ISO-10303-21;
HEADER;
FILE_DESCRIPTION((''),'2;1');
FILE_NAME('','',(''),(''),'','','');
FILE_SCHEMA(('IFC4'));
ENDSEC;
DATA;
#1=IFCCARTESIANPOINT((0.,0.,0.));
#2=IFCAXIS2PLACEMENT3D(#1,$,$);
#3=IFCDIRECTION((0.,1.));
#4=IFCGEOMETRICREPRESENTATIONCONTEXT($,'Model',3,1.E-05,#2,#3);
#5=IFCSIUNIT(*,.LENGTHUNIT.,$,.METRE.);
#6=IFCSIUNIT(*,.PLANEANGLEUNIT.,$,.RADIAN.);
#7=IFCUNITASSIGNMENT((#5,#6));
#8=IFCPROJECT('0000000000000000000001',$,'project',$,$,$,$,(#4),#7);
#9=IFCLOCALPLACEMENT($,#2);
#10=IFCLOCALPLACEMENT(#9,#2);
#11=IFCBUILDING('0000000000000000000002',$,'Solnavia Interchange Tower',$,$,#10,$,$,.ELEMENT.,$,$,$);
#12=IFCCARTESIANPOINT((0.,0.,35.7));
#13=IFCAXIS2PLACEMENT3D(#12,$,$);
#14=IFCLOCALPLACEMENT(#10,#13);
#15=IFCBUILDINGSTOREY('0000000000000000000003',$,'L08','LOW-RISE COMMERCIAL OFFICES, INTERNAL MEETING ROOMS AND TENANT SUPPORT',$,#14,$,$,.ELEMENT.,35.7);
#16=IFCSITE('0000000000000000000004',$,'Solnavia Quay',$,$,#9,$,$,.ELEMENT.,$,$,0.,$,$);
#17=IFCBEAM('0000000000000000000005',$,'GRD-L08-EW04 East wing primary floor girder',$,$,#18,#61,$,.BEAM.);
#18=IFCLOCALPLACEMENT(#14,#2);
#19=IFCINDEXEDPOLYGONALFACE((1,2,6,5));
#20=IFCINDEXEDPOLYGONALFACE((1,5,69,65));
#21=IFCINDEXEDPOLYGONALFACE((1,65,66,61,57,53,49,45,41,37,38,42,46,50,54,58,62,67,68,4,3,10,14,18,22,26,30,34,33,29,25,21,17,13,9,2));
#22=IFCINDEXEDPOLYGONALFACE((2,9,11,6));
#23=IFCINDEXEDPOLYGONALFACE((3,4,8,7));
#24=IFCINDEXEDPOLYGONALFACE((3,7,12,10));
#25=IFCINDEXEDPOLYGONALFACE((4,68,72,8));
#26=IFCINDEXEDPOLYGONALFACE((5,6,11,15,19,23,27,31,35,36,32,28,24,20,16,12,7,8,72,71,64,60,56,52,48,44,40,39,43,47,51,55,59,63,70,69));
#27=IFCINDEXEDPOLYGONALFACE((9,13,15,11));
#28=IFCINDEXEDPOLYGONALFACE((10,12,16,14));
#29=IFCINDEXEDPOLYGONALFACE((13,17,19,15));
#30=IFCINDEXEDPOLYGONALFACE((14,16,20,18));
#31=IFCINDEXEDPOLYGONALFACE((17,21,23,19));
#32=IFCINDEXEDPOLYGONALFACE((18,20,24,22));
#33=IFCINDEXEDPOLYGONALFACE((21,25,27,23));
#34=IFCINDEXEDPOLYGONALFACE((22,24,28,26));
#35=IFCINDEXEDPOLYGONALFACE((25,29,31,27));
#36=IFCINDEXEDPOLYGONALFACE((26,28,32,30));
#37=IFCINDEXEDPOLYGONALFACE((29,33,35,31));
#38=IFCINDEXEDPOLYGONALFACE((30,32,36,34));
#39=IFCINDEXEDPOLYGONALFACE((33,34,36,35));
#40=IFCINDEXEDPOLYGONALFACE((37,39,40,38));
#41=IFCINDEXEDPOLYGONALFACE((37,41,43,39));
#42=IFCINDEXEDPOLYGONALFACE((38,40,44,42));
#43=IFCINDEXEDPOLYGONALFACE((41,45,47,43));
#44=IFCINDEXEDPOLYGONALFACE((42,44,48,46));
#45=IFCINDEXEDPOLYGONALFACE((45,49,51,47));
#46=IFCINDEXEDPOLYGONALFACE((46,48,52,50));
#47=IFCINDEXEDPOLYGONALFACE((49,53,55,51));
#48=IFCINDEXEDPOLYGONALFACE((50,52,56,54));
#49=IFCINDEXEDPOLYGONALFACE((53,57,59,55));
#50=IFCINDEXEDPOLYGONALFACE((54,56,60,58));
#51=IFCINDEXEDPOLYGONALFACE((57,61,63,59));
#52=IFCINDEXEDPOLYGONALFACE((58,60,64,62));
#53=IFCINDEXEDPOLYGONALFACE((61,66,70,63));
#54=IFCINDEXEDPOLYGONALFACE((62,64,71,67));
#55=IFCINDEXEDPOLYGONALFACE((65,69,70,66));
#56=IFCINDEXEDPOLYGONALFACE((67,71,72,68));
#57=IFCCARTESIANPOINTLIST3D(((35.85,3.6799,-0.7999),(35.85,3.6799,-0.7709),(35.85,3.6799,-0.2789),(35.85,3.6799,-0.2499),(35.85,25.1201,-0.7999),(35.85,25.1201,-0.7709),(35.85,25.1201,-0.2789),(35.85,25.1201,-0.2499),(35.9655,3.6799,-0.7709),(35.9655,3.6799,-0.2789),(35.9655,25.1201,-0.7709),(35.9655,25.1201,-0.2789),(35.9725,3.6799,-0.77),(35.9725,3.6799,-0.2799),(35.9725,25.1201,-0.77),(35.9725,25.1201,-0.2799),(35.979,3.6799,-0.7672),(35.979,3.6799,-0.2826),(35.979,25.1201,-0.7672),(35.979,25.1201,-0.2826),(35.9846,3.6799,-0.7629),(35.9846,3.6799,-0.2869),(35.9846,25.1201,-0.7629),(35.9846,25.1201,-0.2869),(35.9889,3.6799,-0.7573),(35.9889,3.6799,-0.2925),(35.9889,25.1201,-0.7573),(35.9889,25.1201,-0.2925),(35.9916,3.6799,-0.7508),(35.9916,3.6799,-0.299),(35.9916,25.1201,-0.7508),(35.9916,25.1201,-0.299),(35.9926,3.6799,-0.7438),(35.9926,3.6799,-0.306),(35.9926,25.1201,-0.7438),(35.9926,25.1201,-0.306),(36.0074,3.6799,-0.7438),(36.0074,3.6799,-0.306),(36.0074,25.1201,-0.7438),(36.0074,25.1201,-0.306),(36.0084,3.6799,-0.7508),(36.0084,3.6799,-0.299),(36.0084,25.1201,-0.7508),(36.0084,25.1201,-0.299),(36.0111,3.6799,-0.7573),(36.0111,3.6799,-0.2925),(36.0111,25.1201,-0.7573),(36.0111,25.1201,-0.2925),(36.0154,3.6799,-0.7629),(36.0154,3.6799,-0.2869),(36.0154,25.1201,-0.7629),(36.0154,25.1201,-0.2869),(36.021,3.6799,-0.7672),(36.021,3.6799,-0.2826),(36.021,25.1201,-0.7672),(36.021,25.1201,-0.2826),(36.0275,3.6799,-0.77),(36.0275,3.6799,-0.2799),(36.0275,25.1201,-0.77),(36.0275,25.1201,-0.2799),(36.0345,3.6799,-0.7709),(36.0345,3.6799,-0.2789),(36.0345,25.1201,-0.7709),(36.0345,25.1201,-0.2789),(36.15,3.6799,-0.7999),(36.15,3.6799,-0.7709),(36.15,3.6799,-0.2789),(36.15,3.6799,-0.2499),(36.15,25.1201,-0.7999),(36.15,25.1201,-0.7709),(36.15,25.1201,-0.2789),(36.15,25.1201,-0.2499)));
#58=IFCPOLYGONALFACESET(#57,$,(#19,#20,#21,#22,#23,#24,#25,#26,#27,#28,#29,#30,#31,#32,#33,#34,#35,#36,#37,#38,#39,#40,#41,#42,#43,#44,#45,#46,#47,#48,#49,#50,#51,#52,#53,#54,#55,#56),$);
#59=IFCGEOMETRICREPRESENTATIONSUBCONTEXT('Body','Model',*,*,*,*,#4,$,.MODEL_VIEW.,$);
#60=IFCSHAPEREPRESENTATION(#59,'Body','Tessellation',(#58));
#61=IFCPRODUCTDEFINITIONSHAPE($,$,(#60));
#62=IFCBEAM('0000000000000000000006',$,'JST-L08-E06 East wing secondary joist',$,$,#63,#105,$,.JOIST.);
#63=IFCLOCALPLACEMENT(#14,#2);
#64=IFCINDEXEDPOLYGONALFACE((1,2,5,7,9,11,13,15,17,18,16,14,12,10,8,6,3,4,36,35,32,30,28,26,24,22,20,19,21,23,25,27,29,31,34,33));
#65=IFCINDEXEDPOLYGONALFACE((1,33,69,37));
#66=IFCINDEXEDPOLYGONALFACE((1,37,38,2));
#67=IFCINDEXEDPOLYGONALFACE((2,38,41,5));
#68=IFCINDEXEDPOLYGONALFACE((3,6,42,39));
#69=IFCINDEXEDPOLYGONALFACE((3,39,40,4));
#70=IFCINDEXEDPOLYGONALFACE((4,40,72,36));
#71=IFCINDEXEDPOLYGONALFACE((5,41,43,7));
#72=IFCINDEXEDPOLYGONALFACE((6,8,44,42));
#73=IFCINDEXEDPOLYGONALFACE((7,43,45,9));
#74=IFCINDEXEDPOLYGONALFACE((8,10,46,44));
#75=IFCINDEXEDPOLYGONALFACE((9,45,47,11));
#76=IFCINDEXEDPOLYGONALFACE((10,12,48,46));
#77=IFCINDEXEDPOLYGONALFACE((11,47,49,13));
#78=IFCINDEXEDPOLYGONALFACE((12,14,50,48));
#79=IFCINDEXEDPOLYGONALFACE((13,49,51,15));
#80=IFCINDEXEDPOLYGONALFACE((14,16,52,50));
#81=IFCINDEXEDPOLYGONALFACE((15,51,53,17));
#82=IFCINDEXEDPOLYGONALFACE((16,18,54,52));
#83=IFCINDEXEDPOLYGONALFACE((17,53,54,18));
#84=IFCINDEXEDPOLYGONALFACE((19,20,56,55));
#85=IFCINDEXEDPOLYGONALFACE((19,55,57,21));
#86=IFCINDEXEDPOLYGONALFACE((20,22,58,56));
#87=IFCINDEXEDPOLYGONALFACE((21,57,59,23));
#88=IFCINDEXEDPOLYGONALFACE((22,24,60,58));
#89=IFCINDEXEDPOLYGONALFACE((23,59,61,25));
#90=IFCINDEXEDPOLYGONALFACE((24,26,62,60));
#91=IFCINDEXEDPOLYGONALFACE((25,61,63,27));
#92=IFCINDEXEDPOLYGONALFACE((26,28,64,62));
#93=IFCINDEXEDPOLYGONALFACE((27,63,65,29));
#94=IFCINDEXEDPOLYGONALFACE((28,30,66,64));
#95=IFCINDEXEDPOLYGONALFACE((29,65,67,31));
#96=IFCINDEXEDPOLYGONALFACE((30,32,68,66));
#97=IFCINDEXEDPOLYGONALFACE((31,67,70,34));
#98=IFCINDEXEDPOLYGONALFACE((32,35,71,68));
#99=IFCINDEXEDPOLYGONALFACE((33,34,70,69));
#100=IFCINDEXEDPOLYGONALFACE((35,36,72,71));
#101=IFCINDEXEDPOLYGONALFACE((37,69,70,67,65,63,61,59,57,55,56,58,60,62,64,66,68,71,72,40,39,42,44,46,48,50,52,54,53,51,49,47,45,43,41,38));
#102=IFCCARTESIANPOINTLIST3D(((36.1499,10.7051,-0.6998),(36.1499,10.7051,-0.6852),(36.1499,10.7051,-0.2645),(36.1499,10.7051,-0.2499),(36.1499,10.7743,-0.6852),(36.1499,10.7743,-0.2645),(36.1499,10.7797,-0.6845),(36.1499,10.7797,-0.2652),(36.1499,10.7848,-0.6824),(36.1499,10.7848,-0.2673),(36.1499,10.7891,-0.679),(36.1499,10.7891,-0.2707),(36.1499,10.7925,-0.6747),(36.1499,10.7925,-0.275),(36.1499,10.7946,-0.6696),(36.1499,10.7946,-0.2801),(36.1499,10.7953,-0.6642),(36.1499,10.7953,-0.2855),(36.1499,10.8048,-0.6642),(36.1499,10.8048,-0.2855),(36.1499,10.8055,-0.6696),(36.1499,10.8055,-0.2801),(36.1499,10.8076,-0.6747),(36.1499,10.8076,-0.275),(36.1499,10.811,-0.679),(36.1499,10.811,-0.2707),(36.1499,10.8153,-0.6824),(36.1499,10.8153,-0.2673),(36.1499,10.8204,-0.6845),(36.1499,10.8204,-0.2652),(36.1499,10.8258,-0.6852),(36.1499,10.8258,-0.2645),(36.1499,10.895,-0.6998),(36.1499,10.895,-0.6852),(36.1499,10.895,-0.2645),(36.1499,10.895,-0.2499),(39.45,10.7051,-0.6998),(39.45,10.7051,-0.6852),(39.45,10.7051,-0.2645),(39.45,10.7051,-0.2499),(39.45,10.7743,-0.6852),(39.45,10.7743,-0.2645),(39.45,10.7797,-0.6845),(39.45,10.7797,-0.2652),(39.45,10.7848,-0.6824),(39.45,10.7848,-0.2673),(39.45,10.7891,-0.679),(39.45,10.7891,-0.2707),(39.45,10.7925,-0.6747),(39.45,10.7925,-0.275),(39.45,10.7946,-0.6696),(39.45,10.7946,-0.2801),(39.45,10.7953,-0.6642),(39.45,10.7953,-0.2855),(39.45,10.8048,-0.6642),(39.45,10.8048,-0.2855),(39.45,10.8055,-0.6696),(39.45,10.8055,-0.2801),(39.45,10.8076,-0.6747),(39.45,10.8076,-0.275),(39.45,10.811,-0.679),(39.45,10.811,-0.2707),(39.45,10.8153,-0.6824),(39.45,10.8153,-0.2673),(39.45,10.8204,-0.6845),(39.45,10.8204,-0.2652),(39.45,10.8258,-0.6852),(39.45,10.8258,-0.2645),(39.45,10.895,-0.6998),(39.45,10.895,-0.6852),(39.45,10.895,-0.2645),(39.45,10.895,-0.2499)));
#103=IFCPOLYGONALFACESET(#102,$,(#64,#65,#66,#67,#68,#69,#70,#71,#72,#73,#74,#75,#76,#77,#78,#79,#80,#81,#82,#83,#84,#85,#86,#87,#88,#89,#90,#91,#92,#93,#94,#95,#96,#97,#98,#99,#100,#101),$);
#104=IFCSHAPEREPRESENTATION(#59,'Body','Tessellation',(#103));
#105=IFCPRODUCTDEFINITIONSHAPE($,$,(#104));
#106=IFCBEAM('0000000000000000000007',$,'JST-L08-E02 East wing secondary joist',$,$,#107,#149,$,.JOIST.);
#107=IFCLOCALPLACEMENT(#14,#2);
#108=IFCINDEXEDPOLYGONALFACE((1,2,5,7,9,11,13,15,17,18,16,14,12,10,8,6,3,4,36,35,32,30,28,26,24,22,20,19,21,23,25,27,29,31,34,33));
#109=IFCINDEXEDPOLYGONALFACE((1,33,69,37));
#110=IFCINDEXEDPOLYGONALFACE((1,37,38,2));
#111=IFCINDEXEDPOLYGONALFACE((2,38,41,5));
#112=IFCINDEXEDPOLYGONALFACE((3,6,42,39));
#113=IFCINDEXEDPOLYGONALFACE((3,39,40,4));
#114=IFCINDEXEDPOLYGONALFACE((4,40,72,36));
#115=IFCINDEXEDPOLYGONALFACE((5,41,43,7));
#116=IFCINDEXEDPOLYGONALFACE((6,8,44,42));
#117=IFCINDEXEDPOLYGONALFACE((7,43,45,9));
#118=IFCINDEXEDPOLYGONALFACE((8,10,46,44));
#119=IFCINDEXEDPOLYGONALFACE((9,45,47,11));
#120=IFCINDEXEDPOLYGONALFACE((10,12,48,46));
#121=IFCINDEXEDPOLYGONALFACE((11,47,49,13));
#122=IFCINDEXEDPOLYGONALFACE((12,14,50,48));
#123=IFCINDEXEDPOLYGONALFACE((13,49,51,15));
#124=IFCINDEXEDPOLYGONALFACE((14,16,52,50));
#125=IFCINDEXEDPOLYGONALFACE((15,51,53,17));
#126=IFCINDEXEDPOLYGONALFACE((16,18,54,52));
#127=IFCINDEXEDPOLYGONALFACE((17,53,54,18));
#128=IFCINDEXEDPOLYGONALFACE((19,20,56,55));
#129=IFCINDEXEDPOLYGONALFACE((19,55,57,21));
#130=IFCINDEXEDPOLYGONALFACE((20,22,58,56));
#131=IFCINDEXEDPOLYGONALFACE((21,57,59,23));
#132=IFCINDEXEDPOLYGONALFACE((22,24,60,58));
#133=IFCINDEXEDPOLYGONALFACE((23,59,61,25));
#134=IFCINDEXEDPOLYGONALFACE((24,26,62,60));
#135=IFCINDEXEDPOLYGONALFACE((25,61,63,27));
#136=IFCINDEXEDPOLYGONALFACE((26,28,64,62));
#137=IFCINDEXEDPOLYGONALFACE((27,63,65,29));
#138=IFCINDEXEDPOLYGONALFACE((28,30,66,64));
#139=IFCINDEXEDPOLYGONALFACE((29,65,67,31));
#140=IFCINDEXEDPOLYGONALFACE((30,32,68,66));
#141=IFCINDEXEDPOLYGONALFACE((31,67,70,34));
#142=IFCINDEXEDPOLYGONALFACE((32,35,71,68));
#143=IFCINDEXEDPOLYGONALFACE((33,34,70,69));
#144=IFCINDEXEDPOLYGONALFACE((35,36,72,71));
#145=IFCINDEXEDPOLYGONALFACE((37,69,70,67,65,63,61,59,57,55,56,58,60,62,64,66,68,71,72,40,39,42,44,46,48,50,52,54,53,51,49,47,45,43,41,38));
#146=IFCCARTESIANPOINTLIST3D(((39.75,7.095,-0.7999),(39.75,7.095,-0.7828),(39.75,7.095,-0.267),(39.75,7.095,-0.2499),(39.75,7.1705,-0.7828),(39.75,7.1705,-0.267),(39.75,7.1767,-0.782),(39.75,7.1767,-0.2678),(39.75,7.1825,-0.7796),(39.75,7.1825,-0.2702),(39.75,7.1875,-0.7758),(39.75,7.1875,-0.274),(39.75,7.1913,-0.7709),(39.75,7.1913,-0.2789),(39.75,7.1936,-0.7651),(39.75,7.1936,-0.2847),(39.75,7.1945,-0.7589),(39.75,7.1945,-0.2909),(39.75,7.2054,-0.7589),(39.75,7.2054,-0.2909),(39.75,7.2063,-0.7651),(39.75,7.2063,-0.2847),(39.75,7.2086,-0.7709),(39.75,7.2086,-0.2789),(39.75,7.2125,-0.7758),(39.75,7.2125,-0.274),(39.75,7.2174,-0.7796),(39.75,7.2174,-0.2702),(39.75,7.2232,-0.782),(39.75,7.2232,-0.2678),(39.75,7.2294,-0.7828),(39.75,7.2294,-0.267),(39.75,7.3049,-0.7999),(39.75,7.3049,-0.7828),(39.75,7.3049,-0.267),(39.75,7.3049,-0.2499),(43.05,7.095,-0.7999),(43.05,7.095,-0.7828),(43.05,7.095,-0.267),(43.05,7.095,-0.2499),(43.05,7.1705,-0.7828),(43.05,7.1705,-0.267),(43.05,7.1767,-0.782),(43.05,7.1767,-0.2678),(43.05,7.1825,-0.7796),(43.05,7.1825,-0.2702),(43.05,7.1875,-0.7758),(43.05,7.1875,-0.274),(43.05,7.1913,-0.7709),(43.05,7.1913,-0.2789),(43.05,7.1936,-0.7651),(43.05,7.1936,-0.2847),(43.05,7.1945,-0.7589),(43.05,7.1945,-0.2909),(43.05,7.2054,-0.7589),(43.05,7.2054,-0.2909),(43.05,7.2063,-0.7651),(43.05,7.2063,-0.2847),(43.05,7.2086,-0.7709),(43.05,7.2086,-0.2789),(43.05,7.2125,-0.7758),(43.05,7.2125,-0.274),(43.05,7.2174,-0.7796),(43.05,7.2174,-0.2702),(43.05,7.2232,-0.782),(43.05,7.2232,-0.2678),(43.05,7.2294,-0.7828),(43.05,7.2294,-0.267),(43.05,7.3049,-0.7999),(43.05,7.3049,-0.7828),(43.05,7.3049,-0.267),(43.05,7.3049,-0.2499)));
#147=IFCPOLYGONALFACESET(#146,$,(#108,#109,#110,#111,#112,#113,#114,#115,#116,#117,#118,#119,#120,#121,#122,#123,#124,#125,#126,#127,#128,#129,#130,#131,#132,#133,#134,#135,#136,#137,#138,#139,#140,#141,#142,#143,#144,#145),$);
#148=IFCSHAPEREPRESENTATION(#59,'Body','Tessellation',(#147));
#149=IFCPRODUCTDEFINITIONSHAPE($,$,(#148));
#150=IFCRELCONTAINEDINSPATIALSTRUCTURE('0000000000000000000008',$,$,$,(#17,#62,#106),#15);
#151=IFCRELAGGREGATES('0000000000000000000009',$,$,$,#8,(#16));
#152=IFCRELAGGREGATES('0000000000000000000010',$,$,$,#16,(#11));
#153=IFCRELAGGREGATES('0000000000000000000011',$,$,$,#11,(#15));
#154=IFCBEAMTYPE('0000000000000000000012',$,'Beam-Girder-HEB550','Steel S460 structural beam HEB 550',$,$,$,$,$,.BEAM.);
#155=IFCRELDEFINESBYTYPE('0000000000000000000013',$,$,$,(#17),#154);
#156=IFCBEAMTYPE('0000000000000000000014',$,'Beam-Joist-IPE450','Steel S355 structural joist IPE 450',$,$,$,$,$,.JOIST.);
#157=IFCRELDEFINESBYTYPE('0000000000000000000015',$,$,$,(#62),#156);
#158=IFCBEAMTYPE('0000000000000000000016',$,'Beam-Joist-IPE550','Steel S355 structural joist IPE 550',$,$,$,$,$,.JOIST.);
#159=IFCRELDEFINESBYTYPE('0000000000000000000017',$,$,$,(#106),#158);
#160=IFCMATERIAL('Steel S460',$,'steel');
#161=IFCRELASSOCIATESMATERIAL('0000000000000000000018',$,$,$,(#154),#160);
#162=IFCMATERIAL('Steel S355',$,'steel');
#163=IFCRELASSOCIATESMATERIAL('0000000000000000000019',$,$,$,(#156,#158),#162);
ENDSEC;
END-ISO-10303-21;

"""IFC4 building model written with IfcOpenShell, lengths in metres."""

from ifc_helpers import new_model, si_unit, direction, frame, origin, origin_2d, place, context, subcontext, project, spatial, i_section, extrude, material, material_profile, profile_set, type_object, element, save


model = new_model("IFC4")

# Units and contexts
model_context = context("Model", 3, precision=1e-05, world=origin(), true_north=direction((0.0, 1.0)))
body_context = subcontext(model_context, "Body", "Model", "MODEL_VIEW")
ifc_project = project(units=[si_unit("LENGTHUNIT", "METRE"), si_unit("PLANEANGLEUNIT", "RADIAN")], contexts=[model_context])

# Site, building, storey
site_placement = place(None, origin())
site = spatial("IfcSite", under=ifc_project, at=site_placement, Name="Solnavia Quay", CompositionType="ELEMENT", RefElevation=0.0)
building_placement = place(site_placement, origin())
building = spatial("IfcBuilding", under=site, at=building_placement, Name="Solnavia Interchange Tower", CompositionType="ELEMENT")
storey_placement = place(building_placement, frame((0.0, 0.0, 35.7)))
storey = spatial("IfcBuildingStorey", under=building, at=storey_placement, Name="L08", Description="LOW-RISE COMMERCIAL OFFICES, INTERNAL MEETING ROOMS AND TENANT SUPPORT", CompositionType="ELEMENT", Elevation=35.7)

# Shared definitions
ifc_material_1 = material(Name="Steel S355", Category="steel")

# Beams
ifc_material_2 = material(Name="Steel S460", Category="steel")
ifc_material_profile_1 = material_profile(ifc_material_2, i_section(OverallWidth=0.3, OverallDepth=0.55, WebThickness=0.0149, FlangeThickness=0.0291, FilletRadius=0.0271, at=origin_2d()), Name="HEB 550")
ifc_profile_set_1 = profile_set([ifc_material_profile_1], Name="Steel S460")
beam_type_1 = type_object("IfcBeamType", Name="Beam-Girder-HEB550", Description="Steel S460 structural beam HEB 550", PredefinedType="BEAM", material=ifc_profile_set_1)
beam_1_placement = place(storey_placement, frame((36.0, 3.6799, -0.5249), z_axis=(0.0, 1.0, 0.0), x_axis=(-1.0, 0.0, 0.0)))
element("IfcBeam", 1, at=beam_1_placement, inside=storey, type_object=beam_type_1, Name="GRD-L08-EW04 East wing primary floor girder", PredefinedType="BEAM", context=body_context, shape_type="SweptSolid", body=[
    extrude(i_section(OverallWidth=0.3, OverallDepth=0.55, WebThickness=0.0149, FlangeThickness=0.0291, FilletRadius=0.0271, at=origin_2d()), origin(), (0.0, 0.0, 1.0), 21.4402),
])
ifc_material_profile_2 = material_profile(ifc_material_1, i_section(OverallWidth=0.1899, OverallDepth=0.45, WebThickness=0.0095, FlangeThickness=0.0146, FilletRadius=0.021, at=origin_2d()), Name="IPE 450")
ifc_profile_set_2 = profile_set([ifc_material_profile_2], Name="Steel S355")
beam_type_2 = type_object("IfcBeamType", Name="Beam-Joist-IPE450", Description="Steel S355 structural joist IPE 450", PredefinedType="JOIST", material=ifc_profile_set_2)
beam_2_placement = place(storey_placement, frame((36.1499, 10.8, -0.4749), z_axis=(1.0, 0.0, 0.0), x_axis=(0.0, 1.0, 0.0)))
element("IfcBeam", 2, at=beam_2_placement, inside=storey, type_object=beam_type_2, Name="JST-L08-E06 East wing secondary joist", PredefinedType="JOIST", context=body_context, shape_type="SweptSolid", body=[
    extrude(i_section(OverallWidth=0.1899, OverallDepth=0.45, WebThickness=0.0095, FlangeThickness=0.0146, FilletRadius=0.021, at=origin_2d()), origin(), (0.0, 0.0, 1.0), 3.3),
])
ifc_material_profile_3 = material_profile(ifc_material_1, i_section(OverallWidth=0.21, OverallDepth=0.55, WebThickness=0.011, FlangeThickness=0.0171, FilletRadius=0.0239, at=origin_2d()), Name="IPE 550")
ifc_profile_set_3 = profile_set([ifc_material_profile_3], Name="Steel S355")
beam_type_3 = type_object("IfcBeamType", Name="Beam-Joist-IPE550", Description="Steel S355 structural joist IPE 550", PredefinedType="JOIST", material=ifc_profile_set_3)
beam_3_placement = place(storey_placement, frame((39.75, 7.2, -0.5249), z_axis=(1.0, 0.0, 0.0), x_axis=(0.0, 1.0, 0.0)))
element("IfcBeam", 3, at=beam_3_placement, inside=storey, type_object=beam_type_3, Name="JST-L08-E02 East wing secondary joist", PredefinedType="JOIST", context=body_context, shape_type="SweptSolid", body=[
    extrude(i_section(OverallWidth=0.21, OverallDepth=0.55, WebThickness=0.011, FlangeThickness=0.0171, FilletRadius=0.0239, at=origin_2d()), origin(), (0.0, 0.0, 1.0), 3.3),
])

save(model, "model.ifc")
